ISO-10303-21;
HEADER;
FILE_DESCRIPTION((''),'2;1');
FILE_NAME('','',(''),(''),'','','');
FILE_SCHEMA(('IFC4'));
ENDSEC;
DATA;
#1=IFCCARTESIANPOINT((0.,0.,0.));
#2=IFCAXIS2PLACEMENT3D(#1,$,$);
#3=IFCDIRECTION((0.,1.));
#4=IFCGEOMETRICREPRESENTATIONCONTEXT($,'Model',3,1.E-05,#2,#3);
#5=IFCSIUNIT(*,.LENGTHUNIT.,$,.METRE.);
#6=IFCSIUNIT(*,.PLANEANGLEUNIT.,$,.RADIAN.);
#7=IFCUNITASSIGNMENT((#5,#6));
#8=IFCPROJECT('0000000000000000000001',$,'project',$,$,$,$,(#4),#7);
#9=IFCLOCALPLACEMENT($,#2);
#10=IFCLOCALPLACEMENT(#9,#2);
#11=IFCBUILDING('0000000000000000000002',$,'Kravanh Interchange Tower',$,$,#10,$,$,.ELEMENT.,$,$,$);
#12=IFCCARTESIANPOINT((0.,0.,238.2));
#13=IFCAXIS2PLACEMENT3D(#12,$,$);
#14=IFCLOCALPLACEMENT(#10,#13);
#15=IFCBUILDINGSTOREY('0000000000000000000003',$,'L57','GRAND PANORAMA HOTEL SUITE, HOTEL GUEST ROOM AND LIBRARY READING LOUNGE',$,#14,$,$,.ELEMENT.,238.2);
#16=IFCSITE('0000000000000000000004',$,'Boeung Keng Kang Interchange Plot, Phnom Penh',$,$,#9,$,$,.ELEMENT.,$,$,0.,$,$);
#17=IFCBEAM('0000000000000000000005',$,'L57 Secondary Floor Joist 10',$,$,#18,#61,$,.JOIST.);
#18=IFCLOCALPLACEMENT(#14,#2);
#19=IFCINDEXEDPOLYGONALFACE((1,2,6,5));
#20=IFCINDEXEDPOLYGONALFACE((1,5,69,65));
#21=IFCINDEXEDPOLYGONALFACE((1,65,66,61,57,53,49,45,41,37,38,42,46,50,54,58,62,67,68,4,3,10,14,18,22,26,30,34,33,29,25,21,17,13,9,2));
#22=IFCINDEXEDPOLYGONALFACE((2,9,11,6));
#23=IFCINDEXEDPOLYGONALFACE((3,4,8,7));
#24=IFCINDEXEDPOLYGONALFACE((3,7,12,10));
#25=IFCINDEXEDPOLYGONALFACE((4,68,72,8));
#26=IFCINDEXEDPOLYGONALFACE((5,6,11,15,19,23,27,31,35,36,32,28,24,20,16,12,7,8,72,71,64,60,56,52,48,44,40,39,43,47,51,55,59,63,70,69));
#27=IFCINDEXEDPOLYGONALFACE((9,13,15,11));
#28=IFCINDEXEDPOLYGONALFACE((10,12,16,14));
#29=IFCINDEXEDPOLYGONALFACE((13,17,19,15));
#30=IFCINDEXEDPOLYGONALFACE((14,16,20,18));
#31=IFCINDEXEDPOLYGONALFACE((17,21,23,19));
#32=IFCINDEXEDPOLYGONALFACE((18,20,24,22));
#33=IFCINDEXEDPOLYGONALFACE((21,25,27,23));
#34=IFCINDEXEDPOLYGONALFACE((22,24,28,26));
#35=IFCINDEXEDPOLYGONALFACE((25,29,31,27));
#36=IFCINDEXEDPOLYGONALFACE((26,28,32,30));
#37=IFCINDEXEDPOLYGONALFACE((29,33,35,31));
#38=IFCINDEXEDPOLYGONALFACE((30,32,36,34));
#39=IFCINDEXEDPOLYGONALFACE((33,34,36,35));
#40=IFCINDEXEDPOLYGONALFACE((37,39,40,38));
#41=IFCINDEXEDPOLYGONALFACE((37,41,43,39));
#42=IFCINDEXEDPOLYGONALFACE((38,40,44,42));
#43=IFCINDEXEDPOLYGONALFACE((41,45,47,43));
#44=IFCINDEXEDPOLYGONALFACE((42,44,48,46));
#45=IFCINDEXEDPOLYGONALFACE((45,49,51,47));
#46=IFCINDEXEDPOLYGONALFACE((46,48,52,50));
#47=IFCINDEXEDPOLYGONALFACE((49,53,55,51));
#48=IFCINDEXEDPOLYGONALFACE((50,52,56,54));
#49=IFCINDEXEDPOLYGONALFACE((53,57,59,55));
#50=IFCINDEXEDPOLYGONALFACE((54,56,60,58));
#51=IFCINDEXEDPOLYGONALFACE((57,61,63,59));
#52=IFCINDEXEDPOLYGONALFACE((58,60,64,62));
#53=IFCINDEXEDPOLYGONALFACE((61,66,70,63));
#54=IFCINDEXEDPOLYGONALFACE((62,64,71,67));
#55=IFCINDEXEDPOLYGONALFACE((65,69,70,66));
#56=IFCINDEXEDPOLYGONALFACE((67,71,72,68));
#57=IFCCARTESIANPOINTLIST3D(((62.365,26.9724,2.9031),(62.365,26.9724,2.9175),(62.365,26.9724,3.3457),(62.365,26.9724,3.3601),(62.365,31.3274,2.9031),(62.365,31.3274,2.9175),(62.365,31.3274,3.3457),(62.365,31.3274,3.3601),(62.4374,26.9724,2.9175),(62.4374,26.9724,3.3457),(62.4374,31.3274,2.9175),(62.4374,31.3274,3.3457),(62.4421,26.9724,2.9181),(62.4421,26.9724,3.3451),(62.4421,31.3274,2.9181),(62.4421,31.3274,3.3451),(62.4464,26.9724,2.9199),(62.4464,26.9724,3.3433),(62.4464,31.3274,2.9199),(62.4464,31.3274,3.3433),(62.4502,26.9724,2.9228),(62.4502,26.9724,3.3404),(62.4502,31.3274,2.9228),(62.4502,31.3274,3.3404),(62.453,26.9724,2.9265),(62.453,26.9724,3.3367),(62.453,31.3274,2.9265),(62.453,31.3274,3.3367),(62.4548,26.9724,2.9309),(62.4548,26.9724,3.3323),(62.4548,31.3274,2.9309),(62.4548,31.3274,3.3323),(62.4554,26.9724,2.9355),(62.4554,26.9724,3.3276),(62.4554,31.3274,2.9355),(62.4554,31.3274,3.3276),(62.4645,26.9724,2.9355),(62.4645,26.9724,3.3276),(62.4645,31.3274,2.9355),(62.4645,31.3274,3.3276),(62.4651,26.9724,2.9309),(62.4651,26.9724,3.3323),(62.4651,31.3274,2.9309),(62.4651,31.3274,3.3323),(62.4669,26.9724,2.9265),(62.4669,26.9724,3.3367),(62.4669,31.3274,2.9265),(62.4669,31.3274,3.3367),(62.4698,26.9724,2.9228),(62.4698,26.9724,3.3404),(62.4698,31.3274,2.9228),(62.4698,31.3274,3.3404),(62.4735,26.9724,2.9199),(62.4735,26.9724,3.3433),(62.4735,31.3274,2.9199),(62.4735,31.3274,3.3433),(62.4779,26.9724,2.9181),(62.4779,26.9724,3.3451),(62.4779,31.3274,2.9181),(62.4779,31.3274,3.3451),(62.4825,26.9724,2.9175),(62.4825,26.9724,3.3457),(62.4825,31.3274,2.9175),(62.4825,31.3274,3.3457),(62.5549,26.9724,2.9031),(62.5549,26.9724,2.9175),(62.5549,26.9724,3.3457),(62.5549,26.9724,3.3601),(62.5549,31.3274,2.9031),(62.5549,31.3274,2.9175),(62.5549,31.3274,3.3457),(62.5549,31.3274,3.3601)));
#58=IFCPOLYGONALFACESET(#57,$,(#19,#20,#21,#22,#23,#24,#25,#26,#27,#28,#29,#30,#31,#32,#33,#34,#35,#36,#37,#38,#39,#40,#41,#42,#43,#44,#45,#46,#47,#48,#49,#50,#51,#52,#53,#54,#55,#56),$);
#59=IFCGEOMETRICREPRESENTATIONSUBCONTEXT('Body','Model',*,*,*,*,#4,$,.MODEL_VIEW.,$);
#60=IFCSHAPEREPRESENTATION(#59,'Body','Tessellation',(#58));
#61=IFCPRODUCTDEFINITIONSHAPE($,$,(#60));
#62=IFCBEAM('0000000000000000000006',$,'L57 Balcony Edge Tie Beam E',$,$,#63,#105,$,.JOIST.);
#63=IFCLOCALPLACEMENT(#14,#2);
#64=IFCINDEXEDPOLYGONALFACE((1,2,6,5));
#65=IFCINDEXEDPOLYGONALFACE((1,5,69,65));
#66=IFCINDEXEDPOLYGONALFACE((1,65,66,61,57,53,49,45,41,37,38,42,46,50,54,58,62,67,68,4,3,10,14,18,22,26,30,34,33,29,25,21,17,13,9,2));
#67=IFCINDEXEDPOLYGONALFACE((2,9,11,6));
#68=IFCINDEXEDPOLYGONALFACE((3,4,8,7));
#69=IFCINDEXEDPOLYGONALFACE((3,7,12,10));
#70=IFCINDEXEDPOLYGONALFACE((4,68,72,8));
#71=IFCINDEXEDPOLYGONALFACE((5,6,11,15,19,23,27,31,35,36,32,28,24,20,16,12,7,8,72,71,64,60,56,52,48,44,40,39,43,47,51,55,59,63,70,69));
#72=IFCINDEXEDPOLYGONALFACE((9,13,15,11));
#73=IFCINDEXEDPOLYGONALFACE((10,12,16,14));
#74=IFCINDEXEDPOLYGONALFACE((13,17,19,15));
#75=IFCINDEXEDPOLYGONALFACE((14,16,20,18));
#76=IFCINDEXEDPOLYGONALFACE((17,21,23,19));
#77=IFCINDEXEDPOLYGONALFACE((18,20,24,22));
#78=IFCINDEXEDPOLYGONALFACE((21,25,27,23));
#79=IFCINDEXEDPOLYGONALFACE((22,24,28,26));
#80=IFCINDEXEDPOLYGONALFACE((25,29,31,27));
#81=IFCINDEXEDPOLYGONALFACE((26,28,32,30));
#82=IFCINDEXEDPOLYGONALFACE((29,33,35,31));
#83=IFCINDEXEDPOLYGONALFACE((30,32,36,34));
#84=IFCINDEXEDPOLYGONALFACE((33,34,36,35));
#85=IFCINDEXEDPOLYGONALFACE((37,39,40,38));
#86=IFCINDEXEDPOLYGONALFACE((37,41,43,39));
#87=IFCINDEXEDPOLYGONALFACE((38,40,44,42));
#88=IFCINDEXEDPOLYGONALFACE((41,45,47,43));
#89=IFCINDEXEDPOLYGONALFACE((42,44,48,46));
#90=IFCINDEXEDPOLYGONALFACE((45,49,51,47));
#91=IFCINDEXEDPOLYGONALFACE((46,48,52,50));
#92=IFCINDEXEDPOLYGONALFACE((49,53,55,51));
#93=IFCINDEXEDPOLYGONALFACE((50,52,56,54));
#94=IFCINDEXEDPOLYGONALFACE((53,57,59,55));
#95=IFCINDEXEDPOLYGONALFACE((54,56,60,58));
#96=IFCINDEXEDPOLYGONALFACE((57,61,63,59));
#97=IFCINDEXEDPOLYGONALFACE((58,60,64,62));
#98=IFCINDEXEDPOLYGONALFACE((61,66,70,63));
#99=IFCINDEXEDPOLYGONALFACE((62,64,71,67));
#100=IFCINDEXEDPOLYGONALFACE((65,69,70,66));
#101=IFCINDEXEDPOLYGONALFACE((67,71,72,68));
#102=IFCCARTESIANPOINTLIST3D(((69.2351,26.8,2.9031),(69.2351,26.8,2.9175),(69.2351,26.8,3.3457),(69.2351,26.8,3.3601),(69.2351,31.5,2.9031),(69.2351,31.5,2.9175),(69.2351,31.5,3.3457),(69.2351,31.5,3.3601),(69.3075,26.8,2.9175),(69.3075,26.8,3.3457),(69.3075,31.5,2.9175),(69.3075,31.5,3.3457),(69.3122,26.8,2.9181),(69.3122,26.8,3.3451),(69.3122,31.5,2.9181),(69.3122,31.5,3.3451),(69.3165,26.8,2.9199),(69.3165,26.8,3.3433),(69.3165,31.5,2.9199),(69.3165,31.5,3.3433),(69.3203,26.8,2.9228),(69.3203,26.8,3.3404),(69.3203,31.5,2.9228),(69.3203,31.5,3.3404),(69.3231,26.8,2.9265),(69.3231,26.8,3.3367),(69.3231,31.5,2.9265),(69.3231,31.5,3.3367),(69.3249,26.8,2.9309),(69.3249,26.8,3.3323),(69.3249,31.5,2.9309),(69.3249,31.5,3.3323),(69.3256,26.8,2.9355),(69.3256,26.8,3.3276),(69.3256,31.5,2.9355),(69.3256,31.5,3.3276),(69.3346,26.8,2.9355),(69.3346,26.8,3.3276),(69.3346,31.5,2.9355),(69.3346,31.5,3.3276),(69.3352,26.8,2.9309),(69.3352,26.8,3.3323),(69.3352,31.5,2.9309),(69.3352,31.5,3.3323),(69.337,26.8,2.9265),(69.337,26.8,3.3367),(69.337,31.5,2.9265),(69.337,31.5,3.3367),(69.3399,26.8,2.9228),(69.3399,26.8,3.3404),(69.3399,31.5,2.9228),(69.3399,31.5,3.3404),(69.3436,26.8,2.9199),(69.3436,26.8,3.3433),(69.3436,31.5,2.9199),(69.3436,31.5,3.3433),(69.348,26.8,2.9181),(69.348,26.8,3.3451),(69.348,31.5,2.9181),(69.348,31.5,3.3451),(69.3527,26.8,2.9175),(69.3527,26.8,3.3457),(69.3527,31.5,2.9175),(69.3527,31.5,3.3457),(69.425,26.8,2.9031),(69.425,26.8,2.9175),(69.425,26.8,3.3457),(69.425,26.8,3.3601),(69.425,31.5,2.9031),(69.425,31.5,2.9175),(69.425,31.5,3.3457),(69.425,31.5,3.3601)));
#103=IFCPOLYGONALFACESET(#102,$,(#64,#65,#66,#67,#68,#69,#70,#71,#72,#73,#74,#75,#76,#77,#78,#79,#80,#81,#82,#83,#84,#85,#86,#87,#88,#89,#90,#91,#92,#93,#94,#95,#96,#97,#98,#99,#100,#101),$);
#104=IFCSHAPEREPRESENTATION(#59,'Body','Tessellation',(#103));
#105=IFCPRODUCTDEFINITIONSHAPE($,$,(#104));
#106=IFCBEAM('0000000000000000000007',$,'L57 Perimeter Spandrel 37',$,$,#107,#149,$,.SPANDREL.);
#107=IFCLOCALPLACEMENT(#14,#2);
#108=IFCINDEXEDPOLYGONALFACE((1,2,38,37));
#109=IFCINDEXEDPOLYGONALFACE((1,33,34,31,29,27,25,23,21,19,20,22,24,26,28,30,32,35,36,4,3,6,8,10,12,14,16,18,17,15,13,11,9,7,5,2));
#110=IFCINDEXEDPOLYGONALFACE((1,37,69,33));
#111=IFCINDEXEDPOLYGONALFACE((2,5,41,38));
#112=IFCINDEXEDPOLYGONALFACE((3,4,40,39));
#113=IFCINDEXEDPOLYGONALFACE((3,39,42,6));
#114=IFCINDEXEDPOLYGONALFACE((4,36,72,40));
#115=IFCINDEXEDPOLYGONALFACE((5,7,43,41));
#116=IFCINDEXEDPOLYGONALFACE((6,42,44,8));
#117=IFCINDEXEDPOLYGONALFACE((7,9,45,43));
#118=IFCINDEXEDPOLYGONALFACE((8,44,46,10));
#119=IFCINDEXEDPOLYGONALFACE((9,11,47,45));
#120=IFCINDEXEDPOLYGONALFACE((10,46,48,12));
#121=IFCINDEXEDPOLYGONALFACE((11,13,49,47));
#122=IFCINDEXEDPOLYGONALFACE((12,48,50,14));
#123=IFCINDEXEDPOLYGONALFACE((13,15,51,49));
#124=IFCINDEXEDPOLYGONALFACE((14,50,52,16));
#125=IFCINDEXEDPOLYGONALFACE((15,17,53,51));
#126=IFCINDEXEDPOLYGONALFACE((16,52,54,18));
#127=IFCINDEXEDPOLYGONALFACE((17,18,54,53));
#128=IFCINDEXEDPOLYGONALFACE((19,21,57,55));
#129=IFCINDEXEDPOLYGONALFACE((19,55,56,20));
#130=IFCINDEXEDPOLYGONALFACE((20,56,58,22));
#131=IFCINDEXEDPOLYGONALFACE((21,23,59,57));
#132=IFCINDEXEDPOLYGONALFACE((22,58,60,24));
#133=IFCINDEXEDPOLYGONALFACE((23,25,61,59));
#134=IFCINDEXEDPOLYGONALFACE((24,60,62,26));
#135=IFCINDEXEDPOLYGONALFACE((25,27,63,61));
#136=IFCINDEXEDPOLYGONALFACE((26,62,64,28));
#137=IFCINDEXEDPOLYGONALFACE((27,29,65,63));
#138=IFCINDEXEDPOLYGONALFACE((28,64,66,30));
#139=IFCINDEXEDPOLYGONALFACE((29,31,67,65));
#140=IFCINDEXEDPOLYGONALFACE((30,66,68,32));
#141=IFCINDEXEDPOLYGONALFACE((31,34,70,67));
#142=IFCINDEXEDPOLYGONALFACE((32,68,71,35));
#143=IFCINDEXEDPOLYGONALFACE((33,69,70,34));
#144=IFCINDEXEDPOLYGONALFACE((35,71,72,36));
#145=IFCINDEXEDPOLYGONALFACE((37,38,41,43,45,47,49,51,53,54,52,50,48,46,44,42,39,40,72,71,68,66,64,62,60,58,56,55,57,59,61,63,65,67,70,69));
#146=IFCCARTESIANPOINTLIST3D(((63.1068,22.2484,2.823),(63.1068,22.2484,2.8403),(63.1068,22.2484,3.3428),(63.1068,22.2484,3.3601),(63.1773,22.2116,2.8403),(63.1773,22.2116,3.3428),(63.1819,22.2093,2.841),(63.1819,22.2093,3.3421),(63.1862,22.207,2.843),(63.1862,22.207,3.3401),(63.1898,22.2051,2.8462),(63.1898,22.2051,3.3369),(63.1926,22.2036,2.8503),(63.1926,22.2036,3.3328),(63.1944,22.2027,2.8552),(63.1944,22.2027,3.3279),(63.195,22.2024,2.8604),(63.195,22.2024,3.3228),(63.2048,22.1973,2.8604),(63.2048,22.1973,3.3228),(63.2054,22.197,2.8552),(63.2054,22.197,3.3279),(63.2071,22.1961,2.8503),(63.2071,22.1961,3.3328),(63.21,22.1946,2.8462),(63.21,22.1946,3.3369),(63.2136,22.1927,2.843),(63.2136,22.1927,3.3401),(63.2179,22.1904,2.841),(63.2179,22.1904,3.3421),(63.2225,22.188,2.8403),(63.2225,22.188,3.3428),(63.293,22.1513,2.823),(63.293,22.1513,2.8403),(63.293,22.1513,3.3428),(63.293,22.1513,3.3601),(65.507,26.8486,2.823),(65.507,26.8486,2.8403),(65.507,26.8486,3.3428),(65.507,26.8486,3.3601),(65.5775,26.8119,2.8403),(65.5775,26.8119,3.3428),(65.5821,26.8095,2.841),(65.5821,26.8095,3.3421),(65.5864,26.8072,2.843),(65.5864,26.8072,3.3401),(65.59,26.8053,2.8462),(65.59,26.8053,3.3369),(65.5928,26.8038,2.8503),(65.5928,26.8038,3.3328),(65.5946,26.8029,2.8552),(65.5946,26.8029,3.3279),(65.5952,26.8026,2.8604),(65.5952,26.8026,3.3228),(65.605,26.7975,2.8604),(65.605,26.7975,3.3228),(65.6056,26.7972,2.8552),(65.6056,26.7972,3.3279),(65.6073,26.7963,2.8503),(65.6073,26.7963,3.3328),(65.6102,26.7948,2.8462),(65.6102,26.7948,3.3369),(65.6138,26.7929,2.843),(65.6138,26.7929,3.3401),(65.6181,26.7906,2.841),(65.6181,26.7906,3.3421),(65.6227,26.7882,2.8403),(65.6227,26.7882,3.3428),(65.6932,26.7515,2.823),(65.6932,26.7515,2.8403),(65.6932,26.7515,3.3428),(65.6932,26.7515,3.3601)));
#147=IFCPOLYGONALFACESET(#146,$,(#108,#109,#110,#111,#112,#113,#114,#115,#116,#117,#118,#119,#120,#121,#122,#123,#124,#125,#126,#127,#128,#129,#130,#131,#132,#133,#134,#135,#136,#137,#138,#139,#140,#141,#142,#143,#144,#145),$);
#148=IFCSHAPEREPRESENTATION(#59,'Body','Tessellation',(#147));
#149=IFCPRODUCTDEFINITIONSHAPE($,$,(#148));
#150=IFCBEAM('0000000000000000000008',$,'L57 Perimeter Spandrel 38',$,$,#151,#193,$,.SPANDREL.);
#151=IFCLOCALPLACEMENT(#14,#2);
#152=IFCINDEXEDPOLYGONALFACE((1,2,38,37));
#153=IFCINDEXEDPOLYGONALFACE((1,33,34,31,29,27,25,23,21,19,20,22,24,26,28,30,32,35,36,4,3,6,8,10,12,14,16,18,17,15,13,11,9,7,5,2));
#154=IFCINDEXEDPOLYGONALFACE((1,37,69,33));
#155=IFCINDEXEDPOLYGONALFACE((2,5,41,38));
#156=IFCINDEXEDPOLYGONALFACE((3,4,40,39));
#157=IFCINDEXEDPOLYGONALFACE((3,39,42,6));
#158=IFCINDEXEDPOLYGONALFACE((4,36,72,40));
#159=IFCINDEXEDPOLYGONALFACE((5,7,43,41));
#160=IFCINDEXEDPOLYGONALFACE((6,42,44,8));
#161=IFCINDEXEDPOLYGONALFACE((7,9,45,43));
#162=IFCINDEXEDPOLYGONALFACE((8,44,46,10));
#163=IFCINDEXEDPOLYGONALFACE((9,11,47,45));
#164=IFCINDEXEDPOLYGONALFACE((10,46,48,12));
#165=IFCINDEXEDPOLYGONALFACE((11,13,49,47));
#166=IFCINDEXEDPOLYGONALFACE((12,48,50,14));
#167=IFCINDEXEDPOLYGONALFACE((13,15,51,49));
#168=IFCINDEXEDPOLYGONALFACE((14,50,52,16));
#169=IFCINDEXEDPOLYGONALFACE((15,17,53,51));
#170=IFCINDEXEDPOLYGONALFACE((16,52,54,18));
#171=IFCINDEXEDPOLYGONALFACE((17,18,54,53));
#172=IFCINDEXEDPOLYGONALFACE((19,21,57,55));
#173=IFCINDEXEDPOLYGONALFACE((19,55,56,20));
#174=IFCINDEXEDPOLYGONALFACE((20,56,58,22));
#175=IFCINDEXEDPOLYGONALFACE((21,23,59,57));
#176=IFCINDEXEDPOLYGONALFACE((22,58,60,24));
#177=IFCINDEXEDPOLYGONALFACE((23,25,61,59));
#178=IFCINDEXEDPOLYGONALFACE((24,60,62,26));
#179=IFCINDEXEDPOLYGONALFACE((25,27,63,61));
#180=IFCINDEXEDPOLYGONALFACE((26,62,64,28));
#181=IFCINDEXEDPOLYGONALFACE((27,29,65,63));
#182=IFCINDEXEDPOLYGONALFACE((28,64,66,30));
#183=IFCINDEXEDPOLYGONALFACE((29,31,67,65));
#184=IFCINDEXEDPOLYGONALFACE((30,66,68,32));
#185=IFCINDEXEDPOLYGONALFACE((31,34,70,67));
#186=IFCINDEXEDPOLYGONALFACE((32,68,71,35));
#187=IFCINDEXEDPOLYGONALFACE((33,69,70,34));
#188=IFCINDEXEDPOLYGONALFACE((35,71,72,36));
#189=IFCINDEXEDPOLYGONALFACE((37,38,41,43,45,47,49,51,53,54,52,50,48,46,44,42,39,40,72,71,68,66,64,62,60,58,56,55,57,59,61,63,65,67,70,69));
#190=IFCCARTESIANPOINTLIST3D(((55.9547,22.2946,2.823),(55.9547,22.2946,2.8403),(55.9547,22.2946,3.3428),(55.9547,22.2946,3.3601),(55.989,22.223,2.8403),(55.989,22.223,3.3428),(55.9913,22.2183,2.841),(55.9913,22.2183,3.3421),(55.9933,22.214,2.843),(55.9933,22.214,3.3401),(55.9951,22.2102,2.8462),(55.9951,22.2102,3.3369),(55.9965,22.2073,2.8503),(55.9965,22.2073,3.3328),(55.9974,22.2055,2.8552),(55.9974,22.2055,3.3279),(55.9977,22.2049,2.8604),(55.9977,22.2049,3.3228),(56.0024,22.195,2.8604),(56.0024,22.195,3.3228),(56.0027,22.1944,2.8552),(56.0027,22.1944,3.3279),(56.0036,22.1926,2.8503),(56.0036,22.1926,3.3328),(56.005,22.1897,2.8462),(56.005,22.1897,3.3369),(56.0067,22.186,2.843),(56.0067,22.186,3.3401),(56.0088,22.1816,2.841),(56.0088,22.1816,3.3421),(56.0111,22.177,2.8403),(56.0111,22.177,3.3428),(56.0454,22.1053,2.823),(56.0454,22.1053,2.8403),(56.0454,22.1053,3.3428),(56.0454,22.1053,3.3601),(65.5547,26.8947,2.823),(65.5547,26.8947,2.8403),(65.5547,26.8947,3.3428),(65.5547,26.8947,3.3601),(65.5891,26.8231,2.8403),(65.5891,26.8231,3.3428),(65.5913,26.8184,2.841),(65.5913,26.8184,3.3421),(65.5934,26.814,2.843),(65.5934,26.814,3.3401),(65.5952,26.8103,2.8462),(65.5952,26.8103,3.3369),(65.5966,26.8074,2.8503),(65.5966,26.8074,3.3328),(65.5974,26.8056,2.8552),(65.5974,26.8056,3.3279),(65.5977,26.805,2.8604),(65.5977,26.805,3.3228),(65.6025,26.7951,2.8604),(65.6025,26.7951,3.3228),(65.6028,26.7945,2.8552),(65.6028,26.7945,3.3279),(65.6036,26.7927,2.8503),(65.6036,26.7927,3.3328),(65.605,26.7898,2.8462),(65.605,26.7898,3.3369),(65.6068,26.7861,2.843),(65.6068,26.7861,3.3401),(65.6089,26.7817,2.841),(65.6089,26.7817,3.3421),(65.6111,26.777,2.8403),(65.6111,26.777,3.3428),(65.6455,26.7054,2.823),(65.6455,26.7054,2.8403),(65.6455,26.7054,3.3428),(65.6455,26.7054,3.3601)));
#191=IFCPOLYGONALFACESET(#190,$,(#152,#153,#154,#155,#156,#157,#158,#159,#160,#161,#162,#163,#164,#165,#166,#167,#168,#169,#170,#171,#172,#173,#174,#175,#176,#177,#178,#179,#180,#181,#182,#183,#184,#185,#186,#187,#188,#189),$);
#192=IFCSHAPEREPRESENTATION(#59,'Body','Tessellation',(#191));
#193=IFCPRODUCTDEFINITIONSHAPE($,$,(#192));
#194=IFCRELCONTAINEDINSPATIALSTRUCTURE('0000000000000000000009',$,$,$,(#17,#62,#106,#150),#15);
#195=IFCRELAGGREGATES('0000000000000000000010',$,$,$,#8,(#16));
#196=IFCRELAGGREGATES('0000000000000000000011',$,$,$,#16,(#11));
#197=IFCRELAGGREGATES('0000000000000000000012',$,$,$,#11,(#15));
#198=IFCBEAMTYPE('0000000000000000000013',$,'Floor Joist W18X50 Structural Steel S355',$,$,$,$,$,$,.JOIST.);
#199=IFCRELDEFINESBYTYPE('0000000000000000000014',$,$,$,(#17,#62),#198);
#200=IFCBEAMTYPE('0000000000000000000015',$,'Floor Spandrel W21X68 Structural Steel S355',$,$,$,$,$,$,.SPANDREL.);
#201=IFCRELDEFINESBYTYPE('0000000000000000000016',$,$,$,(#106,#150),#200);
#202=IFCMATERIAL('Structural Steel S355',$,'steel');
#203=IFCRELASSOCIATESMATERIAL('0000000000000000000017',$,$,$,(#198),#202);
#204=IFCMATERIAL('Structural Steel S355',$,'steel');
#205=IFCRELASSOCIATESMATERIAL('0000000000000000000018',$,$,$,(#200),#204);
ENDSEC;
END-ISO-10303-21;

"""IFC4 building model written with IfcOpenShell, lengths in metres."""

from ifc_helpers import new_model, si_unit, direction, frame, origin, origin_2d, place, context, subcontext, project, spatial, i_section, extrude, material, material_profile, profile_set, type_object, element, save


model = new_model("IFC4")

# Units and contexts
model_context = context("Model", 3, precision=1e-05, world=origin(), true_north=direction((0.0, 1.0)))
body_context = subcontext(model_context, "Body", "Model", "MODEL_VIEW")
ifc_project = project(units=[si_unit("LENGTHUNIT", "METRE"), si_unit("PLANEANGLEUNIT", "RADIAN")], contexts=[model_context])

# Site, building, storey
site_placement = place(None, origin())
site = spatial("IfcSite", under=ifc_project, at=site_placement, Name="Boeung Keng Kang Interchange Plot, Phnom Penh", CompositionType="ELEMENT", RefElevation=0.0)
building_placement = place(site_placement, origin())
building = spatial("IfcBuilding", under=site, at=building_placement, Name="Kravanh Interchange Tower", CompositionType="ELEMENT")
storey_placement = place(building_placement, frame((0.0, 0.0, 238.2)))
storey = spatial("IfcBuildingStorey", under=building, at=storey_placement, Name="L57", Description="GRAND PANORAMA HOTEL SUITE, HOTEL GUEST ROOM AND LIBRARY READING LOUNGE", CompositionType="ELEMENT", Elevation=238.2)

# Beams
ifc_material_1 = material(Name="Structural Steel S355", Category="steel")
ifc_material_profile_1 = material_profile(ifc_material_1, i_section(OverallWidth=0.1899, OverallDepth=0.457, WebThickness=0.009, FlangeThickness=0.0144, FilletRadius=0.0181, at=origin_2d()), Name="W18X50")
ifc_profile_set_1 = profile_set([ifc_material_profile_1], Name="Structural Steel S355")
beam_type_1 = type_object("IfcBeamType", Name="Floor Joist W18X50 Structural Steel S355", PredefinedType="JOIST", material=ifc_profile_set_1)
for number, where, z_axis, x_axis, name in (
    (1, (62.46, 26.9724, 3.1316), (0.0, 1.0, 0.0), (-1.0, 0.0, 0.0), "L57 Secondary Floor Joist 10"),
):
    element("IfcBeam", number, at=place(storey_placement, frame(where, z_axis=z_axis, x_axis=x_axis)), inside=storey, type_object=beam_type_1, Name=name, PredefinedType="JOIST", context=body_context, shape_type="SweptSolid", body=[
        extrude(i_section(OverallWidth=0.1899, OverallDepth=0.457, WebThickness=0.009, FlangeThickness=0.0144, FilletRadius=0.0181, at=origin_2d()), origin(), (0.0, 0.0, 1.0), 4.355),
    ])
beam_1_placement = place(storey_placement, frame((69.3301, 26.8, 3.1316), z_axis=(0.0, 1.0, 0.0), x_axis=(-1.0, 0.0, 0.0)))
element("IfcBeam", 2, at=beam_1_placement, inside=storey, type_object=beam_type_1, Name="L57 Balcony Edge Tie Beam E", PredefinedType="JOIST", context=body_context, shape_type="SweptSolid", body=[
    extrude(i_section(OverallWidth=0.1899, OverallDepth=0.457, WebThickness=0.009, FlangeThickness=0.0144, FilletRadius=0.0181, at=origin_2d()), origin(), (0.0, 0.0, 1.0), 4.7),
])
ifc_material_2 = material(Name="Structural Steel S355", Category="steel")
ifc_material_profile_2 = material_profile(ifc_material_2, i_section(OverallWidth=0.21, OverallDepth=0.5371, WebThickness=0.011, FlangeThickness=0.0173, FilletRadius=0.02, at=origin_2d()), Name="W21X68")
ifc_profile_set_2 = profile_set([ifc_material_profile_2], Name="Structural Steel S355")
beam_type_2 = type_object("IfcBeamType", Name="Floor Spandrel W21X68 Structural Steel S355", PredefinedType="SPANDREL", material=ifc_profile_set_2)
beam_2_placement = place(storey_placement, frame((65.6001, 26.8, 3.0916), z_axis=(-0.46258, -0.886577, 0.0), x_axis=(0.886577, -0.46258, 0.0)))
element("IfcBeam", 3, at=beam_2_placement, inside=storey, type_object=beam_type_2, Name="L57 Perimeter Spandrel 37", PredefinedType="SPANDREL", context=body_context, shape_type="SweptSolid", body=[
    extrude(i_section(OverallWidth=0.21, OverallDepth=0.5371, WebThickness=0.011, FlangeThickness=0.0173, FilletRadius=0.02, at=origin_2d()), origin(), (0.0, 0.0, 1.0), 5.1887),
])
beam_3_placement = place(storey_placement, frame((65.6001, 26.8, 3.0916), z_axis=(-0.901814, -0.432124, 0.0), x_axis=(0.432124, -0.901814, 0.0)))
element("IfcBeam", 4, at=beam_3_placement, inside=storey, type_object=beam_type_2, Name="L57 Perimeter Spandrel 38", PredefinedType="SPANDREL", context=body_context, shape_type="SweptSolid", body=[
    extrude(i_section(OverallWidth=0.21, OverallDepth=0.5371, WebThickness=0.011, FlangeThickness=0.0173, FilletRadius=0.02, at=origin_2d()), origin(), (0.0, 0.0, 1.0), 10.6453),
])

save(model, "model.ifc")
